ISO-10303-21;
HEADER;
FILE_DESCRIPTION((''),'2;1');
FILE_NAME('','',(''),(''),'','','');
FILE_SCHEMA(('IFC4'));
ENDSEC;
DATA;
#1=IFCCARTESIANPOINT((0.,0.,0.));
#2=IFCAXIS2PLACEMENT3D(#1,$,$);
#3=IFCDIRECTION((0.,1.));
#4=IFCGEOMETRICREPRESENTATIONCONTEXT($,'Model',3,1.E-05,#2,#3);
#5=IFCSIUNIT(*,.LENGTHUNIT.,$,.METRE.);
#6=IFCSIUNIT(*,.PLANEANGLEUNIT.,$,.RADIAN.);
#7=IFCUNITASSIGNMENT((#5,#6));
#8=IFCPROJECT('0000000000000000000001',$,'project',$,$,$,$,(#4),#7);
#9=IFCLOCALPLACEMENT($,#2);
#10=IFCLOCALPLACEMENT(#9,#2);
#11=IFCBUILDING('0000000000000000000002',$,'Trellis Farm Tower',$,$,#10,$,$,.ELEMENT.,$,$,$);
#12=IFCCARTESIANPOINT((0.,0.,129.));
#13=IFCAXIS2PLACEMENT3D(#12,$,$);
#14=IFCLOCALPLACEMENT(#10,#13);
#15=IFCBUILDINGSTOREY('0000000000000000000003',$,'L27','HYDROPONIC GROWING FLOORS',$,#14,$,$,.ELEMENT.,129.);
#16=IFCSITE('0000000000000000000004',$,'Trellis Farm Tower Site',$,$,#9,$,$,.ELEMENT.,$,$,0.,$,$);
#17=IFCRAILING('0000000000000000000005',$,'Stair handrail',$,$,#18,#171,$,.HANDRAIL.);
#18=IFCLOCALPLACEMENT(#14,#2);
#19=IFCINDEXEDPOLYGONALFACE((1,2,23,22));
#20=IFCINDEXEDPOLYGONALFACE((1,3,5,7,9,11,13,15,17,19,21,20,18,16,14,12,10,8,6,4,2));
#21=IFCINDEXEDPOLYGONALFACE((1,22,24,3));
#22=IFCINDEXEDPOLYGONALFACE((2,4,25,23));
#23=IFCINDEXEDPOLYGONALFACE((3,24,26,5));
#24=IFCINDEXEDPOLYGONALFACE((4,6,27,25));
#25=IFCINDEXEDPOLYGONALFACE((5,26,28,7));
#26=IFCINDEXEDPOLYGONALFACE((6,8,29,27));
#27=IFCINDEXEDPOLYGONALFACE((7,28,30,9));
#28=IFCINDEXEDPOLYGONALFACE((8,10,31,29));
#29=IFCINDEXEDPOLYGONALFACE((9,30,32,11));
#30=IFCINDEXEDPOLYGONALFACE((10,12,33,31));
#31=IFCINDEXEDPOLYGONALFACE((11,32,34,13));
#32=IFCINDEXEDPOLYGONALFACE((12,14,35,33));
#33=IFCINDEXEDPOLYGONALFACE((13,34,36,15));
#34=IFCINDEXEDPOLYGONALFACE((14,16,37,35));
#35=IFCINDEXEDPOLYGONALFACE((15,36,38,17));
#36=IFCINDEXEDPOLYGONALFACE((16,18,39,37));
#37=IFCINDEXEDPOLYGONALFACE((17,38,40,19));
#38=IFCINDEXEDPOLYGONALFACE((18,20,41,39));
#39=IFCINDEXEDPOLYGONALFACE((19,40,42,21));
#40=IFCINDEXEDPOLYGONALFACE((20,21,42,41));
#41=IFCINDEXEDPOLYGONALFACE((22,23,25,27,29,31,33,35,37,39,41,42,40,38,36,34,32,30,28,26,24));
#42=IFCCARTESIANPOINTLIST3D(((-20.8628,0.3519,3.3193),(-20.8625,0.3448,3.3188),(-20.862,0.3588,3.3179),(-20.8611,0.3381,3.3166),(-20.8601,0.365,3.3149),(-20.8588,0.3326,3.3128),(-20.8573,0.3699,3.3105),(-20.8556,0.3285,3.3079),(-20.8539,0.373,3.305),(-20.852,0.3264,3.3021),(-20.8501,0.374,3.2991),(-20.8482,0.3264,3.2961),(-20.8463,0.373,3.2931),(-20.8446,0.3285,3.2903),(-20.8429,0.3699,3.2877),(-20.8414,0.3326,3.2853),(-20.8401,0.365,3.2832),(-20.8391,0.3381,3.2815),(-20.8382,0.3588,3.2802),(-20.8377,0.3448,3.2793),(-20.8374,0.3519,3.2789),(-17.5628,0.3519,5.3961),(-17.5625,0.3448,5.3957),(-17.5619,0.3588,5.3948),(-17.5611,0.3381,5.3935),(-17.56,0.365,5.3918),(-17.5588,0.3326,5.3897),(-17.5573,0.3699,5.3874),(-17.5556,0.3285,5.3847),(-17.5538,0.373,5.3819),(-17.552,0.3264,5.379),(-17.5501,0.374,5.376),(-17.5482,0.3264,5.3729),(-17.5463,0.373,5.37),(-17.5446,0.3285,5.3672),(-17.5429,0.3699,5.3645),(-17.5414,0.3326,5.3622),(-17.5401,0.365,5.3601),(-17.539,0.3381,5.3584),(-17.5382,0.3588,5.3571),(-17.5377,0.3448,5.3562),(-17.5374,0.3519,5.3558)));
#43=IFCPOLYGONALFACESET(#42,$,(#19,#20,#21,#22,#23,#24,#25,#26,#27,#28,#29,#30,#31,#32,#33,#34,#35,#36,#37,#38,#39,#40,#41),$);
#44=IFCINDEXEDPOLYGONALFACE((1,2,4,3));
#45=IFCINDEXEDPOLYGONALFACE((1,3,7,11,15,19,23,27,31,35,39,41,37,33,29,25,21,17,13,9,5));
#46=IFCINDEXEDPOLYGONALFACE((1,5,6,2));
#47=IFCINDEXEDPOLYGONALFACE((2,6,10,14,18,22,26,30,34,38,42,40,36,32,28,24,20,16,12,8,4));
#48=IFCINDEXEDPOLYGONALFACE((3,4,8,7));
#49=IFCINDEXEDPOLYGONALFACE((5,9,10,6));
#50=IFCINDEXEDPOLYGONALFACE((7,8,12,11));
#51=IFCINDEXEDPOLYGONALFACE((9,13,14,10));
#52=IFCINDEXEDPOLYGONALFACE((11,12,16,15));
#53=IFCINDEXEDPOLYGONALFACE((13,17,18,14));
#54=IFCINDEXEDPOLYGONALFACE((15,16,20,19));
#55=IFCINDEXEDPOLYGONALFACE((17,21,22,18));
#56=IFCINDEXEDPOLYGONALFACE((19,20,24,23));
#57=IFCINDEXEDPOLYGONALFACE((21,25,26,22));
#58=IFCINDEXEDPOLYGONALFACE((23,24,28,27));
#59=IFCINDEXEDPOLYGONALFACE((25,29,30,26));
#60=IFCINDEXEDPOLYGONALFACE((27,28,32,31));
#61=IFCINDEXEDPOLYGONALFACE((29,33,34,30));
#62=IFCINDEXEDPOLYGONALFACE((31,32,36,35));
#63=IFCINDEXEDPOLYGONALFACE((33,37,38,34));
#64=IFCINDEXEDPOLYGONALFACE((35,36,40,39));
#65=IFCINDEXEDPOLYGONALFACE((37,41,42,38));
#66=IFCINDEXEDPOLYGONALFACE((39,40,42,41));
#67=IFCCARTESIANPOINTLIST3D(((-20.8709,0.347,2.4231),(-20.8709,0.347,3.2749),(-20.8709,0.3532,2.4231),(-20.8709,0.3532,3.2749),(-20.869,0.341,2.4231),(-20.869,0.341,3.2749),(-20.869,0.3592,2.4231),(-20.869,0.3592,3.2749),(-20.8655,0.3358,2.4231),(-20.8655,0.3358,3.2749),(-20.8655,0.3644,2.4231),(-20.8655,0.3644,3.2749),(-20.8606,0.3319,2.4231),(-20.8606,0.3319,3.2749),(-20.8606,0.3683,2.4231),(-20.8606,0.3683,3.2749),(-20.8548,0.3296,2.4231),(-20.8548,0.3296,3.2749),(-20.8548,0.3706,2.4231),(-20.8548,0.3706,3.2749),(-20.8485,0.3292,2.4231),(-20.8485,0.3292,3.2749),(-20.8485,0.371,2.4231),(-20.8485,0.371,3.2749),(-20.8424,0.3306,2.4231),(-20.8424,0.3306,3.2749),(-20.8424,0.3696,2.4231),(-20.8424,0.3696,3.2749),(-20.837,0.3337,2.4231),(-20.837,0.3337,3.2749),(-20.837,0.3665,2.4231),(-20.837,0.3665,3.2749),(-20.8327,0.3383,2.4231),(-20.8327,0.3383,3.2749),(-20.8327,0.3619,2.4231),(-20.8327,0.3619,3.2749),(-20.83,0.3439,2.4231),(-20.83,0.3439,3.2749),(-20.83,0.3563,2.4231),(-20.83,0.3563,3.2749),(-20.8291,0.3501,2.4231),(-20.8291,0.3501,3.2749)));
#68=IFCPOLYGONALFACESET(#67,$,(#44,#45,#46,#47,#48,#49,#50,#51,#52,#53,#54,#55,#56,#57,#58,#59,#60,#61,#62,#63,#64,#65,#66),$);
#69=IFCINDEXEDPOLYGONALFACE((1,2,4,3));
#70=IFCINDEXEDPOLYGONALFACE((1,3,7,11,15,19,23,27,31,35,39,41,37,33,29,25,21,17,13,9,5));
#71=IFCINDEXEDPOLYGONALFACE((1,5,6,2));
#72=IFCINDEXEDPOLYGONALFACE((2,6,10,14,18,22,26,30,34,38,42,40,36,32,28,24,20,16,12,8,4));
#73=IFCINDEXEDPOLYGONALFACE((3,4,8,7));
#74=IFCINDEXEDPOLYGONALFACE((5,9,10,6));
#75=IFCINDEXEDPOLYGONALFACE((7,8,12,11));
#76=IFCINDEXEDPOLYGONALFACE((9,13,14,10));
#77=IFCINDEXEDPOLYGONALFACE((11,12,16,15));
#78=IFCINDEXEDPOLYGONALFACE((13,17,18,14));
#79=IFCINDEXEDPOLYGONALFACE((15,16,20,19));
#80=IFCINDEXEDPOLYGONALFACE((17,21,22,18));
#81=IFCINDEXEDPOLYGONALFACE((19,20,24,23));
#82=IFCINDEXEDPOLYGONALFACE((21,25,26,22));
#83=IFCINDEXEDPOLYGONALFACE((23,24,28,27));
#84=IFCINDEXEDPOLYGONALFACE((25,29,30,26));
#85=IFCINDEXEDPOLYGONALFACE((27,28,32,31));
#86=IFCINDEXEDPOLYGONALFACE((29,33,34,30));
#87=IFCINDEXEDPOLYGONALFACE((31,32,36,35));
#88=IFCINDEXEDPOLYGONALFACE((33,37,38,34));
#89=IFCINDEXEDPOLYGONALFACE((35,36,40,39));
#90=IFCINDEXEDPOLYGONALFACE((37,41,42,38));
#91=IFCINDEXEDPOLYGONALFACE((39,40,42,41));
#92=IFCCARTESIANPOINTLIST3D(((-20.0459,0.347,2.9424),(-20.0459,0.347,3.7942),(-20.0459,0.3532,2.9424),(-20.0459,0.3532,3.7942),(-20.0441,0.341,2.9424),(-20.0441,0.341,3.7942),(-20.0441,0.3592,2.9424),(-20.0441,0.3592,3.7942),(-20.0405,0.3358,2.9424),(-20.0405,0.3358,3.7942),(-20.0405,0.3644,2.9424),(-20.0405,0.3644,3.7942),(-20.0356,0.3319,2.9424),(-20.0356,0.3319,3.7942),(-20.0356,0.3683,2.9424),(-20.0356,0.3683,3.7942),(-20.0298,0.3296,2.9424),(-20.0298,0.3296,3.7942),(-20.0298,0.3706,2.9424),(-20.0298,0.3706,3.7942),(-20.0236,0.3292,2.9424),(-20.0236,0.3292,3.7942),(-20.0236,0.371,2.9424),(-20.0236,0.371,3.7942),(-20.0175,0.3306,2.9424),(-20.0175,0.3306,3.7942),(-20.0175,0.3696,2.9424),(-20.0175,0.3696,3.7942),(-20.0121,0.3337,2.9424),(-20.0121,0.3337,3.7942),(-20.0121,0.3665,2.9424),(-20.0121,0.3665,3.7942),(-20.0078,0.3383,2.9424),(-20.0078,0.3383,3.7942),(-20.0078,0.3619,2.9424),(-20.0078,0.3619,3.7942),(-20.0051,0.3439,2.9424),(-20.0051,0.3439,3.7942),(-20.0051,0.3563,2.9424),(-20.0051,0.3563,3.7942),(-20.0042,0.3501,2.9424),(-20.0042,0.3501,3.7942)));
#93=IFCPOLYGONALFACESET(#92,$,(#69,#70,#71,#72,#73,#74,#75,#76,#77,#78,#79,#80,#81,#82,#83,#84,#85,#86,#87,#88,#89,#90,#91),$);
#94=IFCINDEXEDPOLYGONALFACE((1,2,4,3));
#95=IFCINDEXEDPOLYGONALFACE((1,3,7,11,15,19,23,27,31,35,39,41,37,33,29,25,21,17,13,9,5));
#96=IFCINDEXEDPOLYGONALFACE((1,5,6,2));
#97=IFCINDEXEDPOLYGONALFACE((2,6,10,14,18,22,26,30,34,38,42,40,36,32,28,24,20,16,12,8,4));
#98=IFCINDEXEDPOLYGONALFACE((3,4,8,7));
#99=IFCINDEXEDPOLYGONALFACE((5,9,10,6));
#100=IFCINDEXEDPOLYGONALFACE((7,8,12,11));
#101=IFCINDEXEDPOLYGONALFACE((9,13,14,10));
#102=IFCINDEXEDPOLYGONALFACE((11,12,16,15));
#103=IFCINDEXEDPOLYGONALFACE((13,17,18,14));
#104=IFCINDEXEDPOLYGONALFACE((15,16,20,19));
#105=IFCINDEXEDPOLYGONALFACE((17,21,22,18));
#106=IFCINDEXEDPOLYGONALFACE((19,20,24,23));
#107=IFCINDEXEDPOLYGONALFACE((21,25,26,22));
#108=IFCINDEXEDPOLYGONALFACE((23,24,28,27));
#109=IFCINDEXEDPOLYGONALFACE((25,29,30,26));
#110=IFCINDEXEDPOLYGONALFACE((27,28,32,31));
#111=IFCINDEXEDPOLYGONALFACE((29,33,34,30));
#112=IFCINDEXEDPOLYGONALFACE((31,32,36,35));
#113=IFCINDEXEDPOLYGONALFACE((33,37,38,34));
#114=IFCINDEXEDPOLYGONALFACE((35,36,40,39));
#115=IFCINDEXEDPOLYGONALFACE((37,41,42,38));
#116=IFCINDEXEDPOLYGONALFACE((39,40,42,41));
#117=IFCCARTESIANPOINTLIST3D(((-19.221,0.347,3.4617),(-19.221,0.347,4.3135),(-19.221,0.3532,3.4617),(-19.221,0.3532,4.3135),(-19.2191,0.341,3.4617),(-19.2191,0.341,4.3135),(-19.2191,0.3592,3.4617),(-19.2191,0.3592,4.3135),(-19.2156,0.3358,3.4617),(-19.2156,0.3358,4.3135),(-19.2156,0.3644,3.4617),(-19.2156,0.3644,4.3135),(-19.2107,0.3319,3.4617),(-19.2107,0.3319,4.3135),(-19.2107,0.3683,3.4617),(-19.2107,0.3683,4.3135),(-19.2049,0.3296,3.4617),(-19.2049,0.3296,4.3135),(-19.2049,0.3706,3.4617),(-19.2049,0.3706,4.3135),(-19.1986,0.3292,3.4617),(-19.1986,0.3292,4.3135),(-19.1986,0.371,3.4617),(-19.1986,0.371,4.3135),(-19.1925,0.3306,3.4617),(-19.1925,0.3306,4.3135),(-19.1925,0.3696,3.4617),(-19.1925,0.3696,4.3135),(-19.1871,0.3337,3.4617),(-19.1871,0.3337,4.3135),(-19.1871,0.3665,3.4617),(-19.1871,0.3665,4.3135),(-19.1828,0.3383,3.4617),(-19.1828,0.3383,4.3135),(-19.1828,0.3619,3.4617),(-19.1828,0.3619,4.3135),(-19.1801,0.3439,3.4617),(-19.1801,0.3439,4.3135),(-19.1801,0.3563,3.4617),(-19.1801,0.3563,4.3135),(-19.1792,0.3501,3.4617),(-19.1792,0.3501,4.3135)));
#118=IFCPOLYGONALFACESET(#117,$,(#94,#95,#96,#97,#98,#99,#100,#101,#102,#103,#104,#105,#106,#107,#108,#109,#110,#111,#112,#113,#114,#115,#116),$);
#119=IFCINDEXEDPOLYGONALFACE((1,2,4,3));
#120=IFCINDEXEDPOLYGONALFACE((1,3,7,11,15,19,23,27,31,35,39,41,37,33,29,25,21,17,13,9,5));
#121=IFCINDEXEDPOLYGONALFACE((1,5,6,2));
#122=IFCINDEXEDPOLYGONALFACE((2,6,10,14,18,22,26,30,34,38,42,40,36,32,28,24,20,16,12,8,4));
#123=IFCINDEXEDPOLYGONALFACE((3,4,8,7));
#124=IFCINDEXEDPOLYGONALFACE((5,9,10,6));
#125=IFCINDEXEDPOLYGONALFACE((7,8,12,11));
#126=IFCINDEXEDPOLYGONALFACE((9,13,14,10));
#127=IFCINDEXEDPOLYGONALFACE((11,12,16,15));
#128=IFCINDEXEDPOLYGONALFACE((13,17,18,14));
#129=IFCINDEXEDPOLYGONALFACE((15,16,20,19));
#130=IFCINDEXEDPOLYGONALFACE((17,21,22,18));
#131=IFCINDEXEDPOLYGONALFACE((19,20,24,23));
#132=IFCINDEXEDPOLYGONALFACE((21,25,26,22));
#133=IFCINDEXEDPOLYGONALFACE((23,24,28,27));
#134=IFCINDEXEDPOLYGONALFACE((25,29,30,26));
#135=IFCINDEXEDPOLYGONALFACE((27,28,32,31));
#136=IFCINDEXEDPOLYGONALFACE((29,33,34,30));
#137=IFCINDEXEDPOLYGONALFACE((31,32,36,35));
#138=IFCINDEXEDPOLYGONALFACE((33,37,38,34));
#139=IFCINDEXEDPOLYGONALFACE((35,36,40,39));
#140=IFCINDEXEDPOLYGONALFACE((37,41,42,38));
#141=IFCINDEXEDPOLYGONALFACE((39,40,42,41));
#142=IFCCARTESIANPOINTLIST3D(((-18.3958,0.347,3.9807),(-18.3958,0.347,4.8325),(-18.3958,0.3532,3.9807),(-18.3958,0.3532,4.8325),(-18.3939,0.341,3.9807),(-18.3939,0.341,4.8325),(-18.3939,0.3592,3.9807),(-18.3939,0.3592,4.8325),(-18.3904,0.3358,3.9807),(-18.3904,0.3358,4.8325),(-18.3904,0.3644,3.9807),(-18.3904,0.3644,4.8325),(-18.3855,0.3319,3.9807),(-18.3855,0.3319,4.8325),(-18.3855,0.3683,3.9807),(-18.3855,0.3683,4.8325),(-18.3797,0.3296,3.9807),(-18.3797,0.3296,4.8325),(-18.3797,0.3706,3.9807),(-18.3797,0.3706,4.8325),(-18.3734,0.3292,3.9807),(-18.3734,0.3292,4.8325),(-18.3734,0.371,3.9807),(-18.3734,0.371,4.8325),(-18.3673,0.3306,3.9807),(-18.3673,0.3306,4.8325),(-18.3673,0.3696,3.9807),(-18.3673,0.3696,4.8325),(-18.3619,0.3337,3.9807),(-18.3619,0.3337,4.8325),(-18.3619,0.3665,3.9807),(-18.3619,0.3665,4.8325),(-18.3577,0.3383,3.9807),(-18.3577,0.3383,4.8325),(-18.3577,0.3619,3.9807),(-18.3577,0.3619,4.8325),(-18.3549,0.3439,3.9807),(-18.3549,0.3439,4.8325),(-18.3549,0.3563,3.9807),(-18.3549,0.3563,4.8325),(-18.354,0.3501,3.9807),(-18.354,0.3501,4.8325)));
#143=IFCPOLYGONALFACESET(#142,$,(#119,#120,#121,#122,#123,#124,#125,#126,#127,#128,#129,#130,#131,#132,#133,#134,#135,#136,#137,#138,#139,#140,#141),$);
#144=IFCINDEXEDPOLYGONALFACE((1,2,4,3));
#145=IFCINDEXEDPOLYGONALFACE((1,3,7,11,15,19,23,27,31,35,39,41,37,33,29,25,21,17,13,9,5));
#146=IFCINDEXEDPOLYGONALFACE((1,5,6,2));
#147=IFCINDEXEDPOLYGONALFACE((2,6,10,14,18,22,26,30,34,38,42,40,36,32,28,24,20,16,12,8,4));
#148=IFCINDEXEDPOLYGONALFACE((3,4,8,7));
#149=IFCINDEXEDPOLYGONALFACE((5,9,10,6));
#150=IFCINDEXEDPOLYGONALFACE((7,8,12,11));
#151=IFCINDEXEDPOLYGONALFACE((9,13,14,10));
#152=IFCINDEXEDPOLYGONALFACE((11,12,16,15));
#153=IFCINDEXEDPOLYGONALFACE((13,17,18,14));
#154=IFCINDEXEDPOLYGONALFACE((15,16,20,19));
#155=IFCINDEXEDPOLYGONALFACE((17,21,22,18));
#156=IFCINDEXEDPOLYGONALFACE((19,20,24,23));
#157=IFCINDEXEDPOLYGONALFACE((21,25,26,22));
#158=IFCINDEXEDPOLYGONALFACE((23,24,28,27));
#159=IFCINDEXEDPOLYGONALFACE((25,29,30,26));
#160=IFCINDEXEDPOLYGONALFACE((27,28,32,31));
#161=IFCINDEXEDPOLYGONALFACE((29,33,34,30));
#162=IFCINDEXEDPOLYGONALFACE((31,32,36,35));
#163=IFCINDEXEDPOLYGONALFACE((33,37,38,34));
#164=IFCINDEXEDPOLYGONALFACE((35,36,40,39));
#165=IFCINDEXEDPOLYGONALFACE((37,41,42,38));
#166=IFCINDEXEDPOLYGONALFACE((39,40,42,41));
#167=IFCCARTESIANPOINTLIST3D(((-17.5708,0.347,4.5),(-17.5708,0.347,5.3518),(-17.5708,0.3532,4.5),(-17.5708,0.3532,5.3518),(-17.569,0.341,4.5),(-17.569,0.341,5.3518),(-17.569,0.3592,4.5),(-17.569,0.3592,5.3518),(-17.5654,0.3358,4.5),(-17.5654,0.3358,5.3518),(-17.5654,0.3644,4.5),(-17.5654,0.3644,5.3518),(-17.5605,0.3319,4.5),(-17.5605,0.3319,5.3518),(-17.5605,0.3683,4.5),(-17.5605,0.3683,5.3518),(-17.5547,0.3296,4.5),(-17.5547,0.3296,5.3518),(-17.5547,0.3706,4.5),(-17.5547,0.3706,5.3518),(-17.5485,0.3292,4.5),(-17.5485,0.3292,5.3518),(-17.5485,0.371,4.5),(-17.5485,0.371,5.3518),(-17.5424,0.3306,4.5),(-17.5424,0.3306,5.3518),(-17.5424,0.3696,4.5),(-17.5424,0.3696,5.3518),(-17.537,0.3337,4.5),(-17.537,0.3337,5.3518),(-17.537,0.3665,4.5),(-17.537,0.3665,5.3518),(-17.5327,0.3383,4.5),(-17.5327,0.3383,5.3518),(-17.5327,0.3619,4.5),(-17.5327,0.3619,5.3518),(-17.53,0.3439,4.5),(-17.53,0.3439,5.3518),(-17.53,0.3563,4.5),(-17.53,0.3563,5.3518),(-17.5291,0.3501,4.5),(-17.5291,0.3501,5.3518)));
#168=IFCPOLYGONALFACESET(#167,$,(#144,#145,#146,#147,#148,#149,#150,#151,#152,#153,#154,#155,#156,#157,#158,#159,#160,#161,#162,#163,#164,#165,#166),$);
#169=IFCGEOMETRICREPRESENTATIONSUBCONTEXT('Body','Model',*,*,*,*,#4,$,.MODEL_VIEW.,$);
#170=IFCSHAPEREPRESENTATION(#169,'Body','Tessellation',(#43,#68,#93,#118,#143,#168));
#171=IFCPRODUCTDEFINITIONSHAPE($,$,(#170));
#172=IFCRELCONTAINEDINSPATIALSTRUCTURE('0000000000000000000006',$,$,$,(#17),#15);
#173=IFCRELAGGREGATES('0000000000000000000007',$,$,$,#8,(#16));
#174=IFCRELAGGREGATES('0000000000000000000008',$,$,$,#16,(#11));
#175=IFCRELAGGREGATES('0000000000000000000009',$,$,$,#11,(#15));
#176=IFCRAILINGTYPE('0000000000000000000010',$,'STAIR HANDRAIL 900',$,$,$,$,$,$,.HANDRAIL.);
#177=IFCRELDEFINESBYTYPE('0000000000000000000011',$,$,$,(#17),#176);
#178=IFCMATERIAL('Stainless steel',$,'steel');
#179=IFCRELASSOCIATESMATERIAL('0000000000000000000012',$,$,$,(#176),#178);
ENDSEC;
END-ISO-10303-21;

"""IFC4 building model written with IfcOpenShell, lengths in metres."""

from ifc_helpers import new_model, si_unit, direction, frame, origin, origin_2d, place, context, subcontext, project, spatial, circle, extrude, source, transform, mapped, material, type_object, element, save


model = new_model("IFC4")

# Units and contexts
model_context = context("Model", 3, precision=1e-05, world=origin(), true_north=direction((0.0, 1.0)))
body_context = subcontext(model_context, "Body", "Model", "MODEL_VIEW")
ifc_project = project(units=[si_unit("LENGTHUNIT", "METRE"), si_unit("PLANEANGLEUNIT", "RADIAN")], contexts=[model_context])

# Site, building, storey
site_placement = place(None, origin())
site = spatial("IfcSite", under=ifc_project, at=site_placement, Name="Trellis Farm Tower Site", CompositionType="ELEMENT", RefElevation=0.0)
building_placement = place(site_placement, origin())
building = spatial("IfcBuilding", under=site, at=building_placement, Name="Trellis Farm Tower", CompositionType="ELEMENT")
storey_placement = place(building_placement, frame((0.0, 0.0, 129.0)))
storey = spatial("IfcBuildingStorey", under=building, at=storey_placement, Name="L27", Description="HYDROPONIC GROWING FLOORS", CompositionType="ELEMENT", Elevation=129.0)

# Railing
ifc_material_1 = material(Name="Stainless steel", Category="steel")
railing_type = type_object("IfcRailingType", Name="STAIR HANDRAIL 900", PredefinedType="HANDRAIL", material=ifc_material_1)
shared_shape_1 = source(origin(), body_context, "Body", "SweptSolid", [
    extrude(circle(Radius=0.0239, at=origin_2d()), frame((0.0, 0.0, 0.876), z_axis=(0.846337, 0.0, 0.532647), x_axis=(0.0, 1.0, 0.0)), (0.0, 0.0, 1.0), 3.8992),
    extrude(circle(Radius=0.021, at=origin_2d()), origin(), (0.0, 0.0, 1.0), 0.8518),
    extrude(circle(Radius=0.021, at=origin_2d()), frame((0.825, 0.0, 0.5193)), (0.0, 0.0, 1.0), 0.8518),
    extrude(circle(Radius=0.021, at=origin_2d()), frame((1.6499, 0.0, 1.0386)), (0.0, 0.0, 1.0), 0.8518),
    extrude(circle(Radius=0.021, at=origin_2d()), frame((2.4751, 0.0, 1.5576)), (0.0, 0.0, 1.0), 0.8518),
    extrude(circle(Radius=0.021, at=origin_2d()), frame((3.3, 0.0, 2.0769)), (0.0, 0.0, 1.0), 0.8518),
])
for number, where, name in (
    (1, (-20.8501, 0.3501, 2.4231), "Stair handrail"),
):
    element("IfcRailing", number, at=place(storey_placement, frame(where)), inside=storey, type_object=railing_type, Name=name, PredefinedType="HANDRAIL", context=body_context, shape_type="MappedRepresentation", body=[
        mapped(shared_shape_1, transform((0.0, 0.0, 0.0))),
    ])

save(model, "model.ifc")
